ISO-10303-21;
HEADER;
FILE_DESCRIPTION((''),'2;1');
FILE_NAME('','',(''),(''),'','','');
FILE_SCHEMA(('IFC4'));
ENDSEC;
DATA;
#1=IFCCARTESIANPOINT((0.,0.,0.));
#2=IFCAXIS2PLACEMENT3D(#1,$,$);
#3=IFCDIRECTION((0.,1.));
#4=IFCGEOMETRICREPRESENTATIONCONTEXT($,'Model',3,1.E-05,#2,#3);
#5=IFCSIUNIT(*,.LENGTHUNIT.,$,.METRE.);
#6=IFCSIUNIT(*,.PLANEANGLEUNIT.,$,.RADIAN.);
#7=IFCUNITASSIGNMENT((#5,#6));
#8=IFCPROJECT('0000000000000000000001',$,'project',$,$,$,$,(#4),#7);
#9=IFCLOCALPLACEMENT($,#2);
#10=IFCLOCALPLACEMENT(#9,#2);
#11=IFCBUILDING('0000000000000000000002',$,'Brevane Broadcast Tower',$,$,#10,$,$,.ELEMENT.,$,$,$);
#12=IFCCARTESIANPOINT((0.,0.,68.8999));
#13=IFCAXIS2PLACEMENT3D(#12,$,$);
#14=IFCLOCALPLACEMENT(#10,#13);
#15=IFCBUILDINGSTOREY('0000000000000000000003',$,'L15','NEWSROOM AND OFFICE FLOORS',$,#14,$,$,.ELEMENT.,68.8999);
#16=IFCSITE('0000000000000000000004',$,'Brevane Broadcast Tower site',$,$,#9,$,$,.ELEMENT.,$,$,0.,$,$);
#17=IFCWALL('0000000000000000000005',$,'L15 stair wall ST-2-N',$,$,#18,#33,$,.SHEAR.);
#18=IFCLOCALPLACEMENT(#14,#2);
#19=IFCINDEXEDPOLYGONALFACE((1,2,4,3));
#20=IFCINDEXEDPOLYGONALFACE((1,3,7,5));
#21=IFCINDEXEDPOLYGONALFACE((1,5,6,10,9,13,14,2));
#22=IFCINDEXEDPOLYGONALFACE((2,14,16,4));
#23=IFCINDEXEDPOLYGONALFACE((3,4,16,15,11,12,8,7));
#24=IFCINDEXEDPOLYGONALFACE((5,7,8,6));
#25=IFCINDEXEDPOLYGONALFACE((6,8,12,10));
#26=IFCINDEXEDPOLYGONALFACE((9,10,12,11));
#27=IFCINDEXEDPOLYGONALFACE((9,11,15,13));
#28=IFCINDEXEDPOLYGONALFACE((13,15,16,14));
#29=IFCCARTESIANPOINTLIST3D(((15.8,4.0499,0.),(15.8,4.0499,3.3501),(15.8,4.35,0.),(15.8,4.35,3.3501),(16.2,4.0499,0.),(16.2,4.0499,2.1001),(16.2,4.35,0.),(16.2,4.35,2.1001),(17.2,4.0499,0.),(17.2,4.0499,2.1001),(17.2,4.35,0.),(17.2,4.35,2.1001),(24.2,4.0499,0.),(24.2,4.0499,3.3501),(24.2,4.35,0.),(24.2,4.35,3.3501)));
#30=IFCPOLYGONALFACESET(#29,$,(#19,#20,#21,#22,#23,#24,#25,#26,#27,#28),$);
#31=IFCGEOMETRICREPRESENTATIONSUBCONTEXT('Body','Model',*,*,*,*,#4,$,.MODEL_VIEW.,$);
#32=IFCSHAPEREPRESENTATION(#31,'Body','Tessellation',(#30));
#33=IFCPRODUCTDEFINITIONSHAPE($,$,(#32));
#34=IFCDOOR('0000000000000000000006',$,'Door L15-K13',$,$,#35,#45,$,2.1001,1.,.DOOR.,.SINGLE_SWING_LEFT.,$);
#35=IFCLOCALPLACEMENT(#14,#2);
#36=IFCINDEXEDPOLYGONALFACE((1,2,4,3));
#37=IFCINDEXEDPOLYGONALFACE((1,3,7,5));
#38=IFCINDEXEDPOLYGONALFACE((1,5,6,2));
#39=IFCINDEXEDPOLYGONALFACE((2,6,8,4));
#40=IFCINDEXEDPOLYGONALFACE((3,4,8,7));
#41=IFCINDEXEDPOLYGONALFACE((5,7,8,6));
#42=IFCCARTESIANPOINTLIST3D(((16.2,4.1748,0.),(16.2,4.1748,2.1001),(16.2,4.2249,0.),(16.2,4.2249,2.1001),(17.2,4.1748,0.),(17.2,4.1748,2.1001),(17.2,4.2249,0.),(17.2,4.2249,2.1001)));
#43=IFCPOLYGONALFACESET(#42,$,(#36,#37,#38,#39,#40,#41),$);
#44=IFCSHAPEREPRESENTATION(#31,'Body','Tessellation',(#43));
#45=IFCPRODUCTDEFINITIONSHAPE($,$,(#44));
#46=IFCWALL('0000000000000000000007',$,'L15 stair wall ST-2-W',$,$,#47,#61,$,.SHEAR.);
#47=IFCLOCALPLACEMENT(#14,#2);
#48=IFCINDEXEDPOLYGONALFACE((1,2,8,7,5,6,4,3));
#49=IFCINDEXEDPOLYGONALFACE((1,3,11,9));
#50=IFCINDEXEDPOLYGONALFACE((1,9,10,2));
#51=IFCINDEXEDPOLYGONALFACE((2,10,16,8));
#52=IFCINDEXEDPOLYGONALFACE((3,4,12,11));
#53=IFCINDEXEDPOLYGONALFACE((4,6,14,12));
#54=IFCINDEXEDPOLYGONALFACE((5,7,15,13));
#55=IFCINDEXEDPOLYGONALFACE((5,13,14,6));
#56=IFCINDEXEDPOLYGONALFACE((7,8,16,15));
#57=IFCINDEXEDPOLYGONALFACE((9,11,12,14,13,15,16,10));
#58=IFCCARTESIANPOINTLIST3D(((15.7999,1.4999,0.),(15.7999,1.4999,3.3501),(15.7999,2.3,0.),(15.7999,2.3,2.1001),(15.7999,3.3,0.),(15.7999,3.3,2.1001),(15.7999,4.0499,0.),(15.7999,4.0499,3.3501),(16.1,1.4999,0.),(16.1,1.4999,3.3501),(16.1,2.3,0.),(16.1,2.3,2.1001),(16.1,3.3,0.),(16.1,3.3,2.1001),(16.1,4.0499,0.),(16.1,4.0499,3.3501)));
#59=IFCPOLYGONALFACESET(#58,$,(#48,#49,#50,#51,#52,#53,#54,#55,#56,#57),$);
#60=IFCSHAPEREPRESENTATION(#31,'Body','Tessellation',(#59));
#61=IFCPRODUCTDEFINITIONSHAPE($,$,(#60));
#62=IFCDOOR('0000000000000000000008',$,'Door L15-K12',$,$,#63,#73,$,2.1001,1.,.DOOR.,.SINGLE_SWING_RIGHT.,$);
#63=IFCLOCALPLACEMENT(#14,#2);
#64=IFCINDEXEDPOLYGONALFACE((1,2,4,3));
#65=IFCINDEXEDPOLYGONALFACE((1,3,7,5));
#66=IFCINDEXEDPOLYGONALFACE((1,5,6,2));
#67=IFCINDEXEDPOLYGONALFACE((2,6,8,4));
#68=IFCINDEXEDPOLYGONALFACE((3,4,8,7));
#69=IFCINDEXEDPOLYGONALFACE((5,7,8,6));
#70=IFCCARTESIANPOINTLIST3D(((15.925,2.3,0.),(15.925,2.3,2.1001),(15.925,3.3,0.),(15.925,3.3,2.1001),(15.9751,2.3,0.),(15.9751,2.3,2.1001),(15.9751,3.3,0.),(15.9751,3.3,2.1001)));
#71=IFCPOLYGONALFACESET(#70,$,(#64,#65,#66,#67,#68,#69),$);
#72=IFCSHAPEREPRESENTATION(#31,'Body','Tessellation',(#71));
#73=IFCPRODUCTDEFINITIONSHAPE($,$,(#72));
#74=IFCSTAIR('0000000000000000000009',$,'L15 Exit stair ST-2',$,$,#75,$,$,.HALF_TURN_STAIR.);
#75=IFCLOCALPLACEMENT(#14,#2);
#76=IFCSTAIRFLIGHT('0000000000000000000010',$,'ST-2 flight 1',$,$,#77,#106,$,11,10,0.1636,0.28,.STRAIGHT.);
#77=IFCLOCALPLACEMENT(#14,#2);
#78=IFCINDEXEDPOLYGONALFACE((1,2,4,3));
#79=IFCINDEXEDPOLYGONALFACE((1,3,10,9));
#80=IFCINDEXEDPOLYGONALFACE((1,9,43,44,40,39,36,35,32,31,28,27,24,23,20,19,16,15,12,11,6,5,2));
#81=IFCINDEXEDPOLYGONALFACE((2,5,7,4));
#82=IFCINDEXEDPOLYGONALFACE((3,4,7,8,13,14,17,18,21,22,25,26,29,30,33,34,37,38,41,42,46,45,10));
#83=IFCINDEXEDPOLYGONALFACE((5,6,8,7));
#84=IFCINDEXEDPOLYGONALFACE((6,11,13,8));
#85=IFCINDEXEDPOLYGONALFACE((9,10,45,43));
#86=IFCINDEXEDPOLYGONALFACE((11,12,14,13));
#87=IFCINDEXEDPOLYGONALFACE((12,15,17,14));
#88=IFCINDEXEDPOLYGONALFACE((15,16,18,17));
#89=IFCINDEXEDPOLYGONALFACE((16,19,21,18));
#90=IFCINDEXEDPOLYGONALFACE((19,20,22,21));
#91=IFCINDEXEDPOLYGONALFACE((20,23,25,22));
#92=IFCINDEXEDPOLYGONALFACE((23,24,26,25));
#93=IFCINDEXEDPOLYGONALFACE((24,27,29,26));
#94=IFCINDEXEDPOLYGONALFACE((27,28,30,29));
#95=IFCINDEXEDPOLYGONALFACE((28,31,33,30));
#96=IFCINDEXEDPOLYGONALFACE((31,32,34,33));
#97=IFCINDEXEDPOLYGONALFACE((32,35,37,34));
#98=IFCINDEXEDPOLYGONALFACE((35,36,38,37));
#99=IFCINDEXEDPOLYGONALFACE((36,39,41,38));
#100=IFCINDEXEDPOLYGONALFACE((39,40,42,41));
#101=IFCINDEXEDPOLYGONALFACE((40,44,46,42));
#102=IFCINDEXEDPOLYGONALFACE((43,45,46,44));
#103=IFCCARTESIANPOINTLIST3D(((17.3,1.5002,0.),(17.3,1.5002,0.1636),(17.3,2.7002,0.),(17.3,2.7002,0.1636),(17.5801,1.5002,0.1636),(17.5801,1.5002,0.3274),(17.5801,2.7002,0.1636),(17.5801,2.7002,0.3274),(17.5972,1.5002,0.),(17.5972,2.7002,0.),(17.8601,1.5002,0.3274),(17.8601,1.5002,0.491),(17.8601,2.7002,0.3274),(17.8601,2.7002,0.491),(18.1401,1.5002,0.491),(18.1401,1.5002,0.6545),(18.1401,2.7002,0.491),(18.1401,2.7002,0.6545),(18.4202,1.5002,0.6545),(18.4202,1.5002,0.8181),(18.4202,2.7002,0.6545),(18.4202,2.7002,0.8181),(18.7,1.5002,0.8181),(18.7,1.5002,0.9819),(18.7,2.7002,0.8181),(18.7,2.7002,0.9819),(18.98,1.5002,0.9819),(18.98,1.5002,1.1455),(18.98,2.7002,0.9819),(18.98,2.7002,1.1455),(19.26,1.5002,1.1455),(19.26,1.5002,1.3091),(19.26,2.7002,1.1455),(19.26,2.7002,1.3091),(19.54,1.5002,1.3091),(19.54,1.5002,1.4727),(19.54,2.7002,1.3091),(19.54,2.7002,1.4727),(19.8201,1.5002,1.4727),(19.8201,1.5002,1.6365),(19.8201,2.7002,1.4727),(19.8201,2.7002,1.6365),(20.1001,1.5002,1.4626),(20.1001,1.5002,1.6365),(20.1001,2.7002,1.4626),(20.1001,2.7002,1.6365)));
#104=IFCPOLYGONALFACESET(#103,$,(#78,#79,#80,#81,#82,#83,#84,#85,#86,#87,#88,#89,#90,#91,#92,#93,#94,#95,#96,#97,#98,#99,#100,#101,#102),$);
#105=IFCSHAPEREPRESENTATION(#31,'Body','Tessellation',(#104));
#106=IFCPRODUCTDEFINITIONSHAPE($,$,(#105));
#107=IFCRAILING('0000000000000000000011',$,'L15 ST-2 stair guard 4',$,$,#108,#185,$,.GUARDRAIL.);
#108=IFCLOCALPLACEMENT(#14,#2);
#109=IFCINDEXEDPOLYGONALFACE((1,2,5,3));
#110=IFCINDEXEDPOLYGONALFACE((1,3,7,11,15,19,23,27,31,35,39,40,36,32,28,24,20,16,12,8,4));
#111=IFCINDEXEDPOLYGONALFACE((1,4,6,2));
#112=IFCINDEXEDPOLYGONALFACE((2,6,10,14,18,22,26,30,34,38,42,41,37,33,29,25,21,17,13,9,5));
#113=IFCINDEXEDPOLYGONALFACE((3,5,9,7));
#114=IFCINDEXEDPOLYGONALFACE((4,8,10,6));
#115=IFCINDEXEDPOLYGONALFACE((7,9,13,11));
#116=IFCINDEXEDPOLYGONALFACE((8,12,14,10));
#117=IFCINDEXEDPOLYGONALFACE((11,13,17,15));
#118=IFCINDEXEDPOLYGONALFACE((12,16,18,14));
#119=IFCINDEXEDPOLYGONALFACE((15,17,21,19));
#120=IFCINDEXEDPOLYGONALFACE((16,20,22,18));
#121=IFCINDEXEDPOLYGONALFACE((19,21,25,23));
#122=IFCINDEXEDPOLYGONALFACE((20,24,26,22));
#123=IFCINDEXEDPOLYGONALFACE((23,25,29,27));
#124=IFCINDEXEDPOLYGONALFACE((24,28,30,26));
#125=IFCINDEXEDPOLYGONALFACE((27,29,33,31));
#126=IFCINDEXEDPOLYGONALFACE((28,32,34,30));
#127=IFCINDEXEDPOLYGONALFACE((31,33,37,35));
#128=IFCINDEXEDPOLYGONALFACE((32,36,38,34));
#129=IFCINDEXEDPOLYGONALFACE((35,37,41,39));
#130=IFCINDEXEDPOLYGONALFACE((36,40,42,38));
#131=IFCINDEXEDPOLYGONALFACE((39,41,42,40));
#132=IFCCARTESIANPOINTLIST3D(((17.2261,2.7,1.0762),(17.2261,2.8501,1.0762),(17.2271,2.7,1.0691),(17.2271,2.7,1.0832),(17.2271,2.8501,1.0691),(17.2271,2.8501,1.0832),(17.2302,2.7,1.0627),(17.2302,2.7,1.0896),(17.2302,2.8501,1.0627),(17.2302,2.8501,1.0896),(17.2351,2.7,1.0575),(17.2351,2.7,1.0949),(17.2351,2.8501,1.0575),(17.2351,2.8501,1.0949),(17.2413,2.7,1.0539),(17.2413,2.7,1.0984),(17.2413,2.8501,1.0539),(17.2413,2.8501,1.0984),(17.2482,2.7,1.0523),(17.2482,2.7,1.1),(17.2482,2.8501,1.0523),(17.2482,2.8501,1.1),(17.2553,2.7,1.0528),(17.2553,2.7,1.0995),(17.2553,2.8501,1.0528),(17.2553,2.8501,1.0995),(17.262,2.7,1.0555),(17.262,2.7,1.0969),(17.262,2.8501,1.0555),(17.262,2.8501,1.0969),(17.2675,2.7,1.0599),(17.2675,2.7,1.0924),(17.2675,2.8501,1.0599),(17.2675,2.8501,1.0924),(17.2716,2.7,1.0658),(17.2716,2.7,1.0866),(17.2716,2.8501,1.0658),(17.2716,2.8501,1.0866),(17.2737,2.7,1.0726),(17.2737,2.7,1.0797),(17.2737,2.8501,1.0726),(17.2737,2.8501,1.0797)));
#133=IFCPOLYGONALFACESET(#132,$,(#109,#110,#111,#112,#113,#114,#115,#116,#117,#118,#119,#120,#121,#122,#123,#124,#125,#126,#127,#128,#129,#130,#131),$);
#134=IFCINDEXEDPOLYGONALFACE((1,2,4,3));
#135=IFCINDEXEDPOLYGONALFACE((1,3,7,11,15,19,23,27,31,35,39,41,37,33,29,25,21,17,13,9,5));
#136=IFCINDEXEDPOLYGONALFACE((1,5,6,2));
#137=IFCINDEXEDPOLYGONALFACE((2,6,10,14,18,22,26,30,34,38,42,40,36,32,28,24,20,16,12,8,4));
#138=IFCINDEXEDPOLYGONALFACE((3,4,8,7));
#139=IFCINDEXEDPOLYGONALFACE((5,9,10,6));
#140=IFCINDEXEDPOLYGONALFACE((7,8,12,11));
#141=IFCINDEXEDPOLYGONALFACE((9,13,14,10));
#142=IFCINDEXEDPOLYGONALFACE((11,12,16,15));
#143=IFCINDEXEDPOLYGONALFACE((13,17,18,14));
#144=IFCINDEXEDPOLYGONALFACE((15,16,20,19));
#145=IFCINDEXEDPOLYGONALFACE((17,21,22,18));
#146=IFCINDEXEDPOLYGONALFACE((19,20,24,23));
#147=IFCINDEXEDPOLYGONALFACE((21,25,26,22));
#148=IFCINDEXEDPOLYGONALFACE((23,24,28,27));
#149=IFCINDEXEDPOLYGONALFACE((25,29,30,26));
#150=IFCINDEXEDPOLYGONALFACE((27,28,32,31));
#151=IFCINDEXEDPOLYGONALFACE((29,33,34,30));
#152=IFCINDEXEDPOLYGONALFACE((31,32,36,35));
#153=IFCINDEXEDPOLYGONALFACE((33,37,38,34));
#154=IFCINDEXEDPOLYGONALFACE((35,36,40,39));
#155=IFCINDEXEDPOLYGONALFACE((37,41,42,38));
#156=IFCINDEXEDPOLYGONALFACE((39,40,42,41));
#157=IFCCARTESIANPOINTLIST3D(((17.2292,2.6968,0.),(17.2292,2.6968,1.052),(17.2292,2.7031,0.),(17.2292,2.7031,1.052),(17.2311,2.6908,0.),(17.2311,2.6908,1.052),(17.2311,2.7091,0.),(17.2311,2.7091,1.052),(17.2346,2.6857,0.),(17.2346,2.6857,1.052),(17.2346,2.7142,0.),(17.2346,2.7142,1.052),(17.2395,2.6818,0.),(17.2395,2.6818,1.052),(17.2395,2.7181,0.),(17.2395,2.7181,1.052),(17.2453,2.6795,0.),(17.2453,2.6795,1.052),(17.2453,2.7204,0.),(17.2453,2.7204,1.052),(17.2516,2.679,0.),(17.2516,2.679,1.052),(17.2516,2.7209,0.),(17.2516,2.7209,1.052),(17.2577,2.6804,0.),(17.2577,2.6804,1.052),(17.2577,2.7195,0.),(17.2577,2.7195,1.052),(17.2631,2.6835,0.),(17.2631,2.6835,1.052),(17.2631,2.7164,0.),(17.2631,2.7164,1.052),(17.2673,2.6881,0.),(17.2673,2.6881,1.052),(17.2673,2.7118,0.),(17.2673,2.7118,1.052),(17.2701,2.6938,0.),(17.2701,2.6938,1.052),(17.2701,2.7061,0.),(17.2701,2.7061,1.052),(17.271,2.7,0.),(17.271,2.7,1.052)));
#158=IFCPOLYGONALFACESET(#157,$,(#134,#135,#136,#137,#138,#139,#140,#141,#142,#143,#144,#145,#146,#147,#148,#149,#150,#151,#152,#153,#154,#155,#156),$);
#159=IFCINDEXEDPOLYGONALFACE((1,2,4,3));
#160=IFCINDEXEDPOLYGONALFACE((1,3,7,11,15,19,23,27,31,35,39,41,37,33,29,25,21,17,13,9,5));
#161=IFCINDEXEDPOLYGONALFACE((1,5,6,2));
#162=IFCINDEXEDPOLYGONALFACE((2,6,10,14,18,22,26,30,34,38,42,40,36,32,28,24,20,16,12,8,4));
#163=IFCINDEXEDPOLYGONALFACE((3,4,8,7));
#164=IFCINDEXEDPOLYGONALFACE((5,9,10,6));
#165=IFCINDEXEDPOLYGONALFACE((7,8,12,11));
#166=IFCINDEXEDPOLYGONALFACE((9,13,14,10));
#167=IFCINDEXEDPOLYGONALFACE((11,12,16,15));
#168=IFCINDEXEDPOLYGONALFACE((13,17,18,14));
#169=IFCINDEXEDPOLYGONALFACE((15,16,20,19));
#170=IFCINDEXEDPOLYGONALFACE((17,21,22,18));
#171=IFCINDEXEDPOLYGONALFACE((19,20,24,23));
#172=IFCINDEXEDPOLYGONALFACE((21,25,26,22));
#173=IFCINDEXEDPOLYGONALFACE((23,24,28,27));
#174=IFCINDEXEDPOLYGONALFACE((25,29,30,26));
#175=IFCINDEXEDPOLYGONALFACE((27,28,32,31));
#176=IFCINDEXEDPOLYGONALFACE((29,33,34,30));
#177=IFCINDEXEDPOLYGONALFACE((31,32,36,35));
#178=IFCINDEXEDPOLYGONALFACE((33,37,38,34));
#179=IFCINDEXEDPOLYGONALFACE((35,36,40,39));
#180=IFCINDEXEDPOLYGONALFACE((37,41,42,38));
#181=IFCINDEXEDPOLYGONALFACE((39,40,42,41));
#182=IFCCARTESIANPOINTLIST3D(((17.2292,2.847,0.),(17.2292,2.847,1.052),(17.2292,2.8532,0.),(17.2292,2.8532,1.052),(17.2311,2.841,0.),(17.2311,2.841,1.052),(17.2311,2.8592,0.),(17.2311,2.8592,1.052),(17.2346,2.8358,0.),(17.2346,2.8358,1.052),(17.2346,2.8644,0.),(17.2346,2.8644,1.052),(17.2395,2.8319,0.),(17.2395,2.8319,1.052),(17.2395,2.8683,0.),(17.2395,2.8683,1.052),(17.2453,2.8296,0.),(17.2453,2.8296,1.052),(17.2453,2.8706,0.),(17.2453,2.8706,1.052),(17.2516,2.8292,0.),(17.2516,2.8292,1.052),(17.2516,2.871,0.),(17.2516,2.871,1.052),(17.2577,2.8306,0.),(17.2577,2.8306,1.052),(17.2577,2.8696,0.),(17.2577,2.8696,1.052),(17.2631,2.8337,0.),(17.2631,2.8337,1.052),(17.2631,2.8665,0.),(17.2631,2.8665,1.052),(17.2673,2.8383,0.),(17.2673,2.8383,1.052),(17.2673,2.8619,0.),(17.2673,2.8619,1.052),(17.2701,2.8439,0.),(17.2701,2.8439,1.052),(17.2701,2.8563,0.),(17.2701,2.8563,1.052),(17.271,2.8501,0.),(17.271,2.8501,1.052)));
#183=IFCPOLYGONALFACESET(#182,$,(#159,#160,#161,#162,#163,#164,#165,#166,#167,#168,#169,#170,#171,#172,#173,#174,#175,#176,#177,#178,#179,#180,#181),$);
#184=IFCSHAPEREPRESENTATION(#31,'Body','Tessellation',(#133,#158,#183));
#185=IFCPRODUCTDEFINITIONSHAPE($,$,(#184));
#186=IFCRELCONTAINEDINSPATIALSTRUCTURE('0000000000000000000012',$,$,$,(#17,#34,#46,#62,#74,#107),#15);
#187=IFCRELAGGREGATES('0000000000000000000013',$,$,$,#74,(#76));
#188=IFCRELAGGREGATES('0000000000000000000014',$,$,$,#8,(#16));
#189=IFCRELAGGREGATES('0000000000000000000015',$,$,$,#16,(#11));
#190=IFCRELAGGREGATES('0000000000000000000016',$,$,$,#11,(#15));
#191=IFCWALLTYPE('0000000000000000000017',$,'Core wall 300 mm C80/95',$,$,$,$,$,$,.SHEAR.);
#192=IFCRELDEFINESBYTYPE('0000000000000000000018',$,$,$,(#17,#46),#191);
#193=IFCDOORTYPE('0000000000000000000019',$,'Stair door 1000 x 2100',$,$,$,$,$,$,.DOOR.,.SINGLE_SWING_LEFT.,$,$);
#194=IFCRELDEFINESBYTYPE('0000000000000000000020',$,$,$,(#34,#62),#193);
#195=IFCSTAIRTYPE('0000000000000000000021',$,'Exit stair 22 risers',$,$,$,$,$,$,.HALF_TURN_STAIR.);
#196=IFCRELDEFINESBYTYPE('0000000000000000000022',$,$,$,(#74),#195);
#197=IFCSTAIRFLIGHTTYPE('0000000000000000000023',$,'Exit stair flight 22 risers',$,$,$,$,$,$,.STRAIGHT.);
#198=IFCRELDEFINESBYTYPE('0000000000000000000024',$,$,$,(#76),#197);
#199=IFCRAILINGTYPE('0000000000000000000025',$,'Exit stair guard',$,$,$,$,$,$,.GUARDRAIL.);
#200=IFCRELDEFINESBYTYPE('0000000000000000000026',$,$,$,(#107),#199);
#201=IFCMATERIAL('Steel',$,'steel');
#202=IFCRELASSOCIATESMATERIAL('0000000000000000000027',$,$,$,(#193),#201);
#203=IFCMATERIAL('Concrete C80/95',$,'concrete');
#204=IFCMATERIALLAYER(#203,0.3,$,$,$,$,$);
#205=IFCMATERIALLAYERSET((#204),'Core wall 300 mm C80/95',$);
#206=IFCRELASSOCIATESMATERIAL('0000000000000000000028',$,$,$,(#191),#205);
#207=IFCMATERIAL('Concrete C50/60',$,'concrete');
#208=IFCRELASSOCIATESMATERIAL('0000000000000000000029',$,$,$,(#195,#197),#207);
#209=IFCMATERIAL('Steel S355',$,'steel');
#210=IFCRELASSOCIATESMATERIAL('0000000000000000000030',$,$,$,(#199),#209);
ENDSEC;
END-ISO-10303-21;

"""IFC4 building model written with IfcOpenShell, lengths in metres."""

from ifc_helpers import new_model, si_unit, direction, frame, frame_2d, origin, origin_2d, place, context, subcontext, project, spatial, polyline, rectangle, circle, outline, extrude, material, layer, layer_set, type_object, element, fill, aggregate, save


model = new_model("IFC4")

# Units and contexts
model_context = context("Model", 3, precision=1e-05, world=origin(), true_north=direction((0.0, 1.0)))
body_context = subcontext(model_context, "Body", "Model", "MODEL_VIEW")
ifc_project = project(units=[si_unit("LENGTHUNIT", "METRE"), si_unit("PLANEANGLEUNIT", "RADIAN")], contexts=[model_context])

# Site, building, storey
site_placement = place(None, origin())
site = spatial("IfcSite", under=ifc_project, at=site_placement, Name="Brevane Broadcast Tower site", CompositionType="ELEMENT", RefElevation=0.0)
building_placement = place(site_placement, origin())
building = spatial("IfcBuilding", under=site, at=building_placement, Name="Brevane Broadcast Tower", CompositionType="ELEMENT")
storey_placement = place(building_placement, frame((0.0, 0.0, 68.8999)))
storey = spatial("IfcBuildingStorey", under=building, at=storey_placement, Name="L15", Description="NEWSROOM AND OFFICE FLOORS", CompositionType="ELEMENT", Elevation=68.8999)

# Shared definitions
ifc_material_1 = material(Name="Steel", Category="steel")
door_type_1 = type_object("IfcDoorType", Name="Stair door 1000 x 2100", OperationType="SINGLE_SWING_LEFT", PredefinedType="DOOR", material=ifc_material_1)

# Shared definitions
ifc_material_2 = material(Name="Concrete C80/95", Category="concrete")
ifc_layer_1 = layer(ifc_material_2, 0.3)
ifc_layer_set_1 = layer_set([ifc_layer_1], Name="Core wall 300 mm C80/95")
wall_type_1 = type_object("IfcWallType", Name="Core wall 300 mm C80/95", PredefinedType="SHEAR", material=ifc_layer_set_1)

# Walls, openings, doors
wall_1_placement = place(storey_placement, frame((15.8, 4.2, 0.0), z_axis=(0.0, 0.0, 1.0), x_axis=(1.0, 0.0, 0.0)))
wall_1 = element("IfcWall", 1, at=wall_1_placement, inside=storey, type_object=wall_type_1, Name="L15 stair wall ST-2-N", PredefinedType="SHEAR", context=body_context, shape_type="SweptSolid", body=[
    extrude(rectangle(XDim=8.3999, YDim=0.3, at=frame_2d((4.2, 0.0))), origin(), (0.0, 0.0, 1.0), 3.3501),
])
opening_1_placement = place(wall_1_placement, frame((0.3999, 0.0, 0.0)))
opening_1 = element("IfcOpeningElement", 2, at=opening_1_placement, cuts=wall_1, PredefinedType="OPENING", context=body_context, shape_type="SweptSolid", body=[
    extrude(rectangle(XDim=1.0, YDim=2.1001, at=frame_2d((0.5, 1.05))), frame((0.0, 0.1599, 0.0), z_axis=(0.0, -1.0, 0.0), x_axis=(1.0, 0.0, 0.0)), (0.0, 0.0, 1.0), 0.3201),
])
door_1_placement = place(opening_1_placement, origin())
door_1 = element("IfcDoor", 3, at=door_1_placement, inside=storey, type_object=door_type_1, Name="Door L15-K13", OperationType="SINGLE_SWING_LEFT", OverallHeight=2.1001, OverallWidth=1.0, PredefinedType="DOOR", context=body_context, shape_type="SweptSolid", body=[
    extrude(rectangle(XDim=1.0, YDim=2.1001, at=frame_2d((0.5, 1.05))), frame((0.0, 0.0249, 0.0), z_axis=(0.0, -1.0, 0.0), x_axis=(1.0, 0.0, 0.0)), (0.0, 0.0, 1.0), 0.05),
])
fill(opening_1, door_1)
wall_2_placement = place(storey_placement, frame((15.95, 1.5, 0.0), z_axis=(0.0, 0.0, 1.0), x_axis=(0.0, 1.0, 0.0)))
wall_2 = element("IfcWall", 4, at=wall_2_placement, inside=storey, type_object=wall_type_1, Name="L15 stair wall ST-2-W", PredefinedType="SHEAR", context=body_context, shape_type="SweptSolid", body=[
    extrude(rectangle(XDim=2.55, YDim=0.3, at=frame_2d((1.2749, 0.0))), origin(), (0.0, 0.0, 1.0), 3.3501),
])
opening_2_placement = place(wall_2_placement, frame((0.8, 0.0, 0.0)))
opening_2 = element("IfcOpeningElement", 5, at=opening_2_placement, cuts=wall_2, PredefinedType="OPENING", context=body_context, shape_type="SweptSolid", body=[
    extrude(rectangle(XDim=1.0, YDim=2.1001, at=frame_2d((0.5, 1.05))), frame((0.0, 0.1599, 0.0), z_axis=(0.0, -1.0, 0.0), x_axis=(1.0, 0.0, 0.0)), (0.0, 0.0, 1.0), 0.3201),
])
door_2_placement = place(opening_2_placement, origin())
door_2 = element("IfcDoor", 6, at=door_2_placement, inside=storey, type_object=door_type_1, Name="Door L15-K12", OperationType="SINGLE_SWING_RIGHT", OverallHeight=2.1001, OverallWidth=1.0, PredefinedType="DOOR", context=body_context, shape_type="SweptSolid", body=[
    extrude(rectangle(XDim=1.0, YDim=2.1001, at=frame_2d((0.5, 1.05))), frame((0.0, 0.0249, 0.0), z_axis=(0.0, -1.0, 0.0), x_axis=(1.0, 0.0, 0.0)), (0.0, 0.0, 1.0), 0.05),
])
fill(opening_2, door_2)

# Stair, stair flight
ifc_material_3 = material(Name="Concrete C50/60", Category="concrete")
stair_type = type_object("IfcStairType", Name="Exit stair 22 risers", PredefinedType="HALF_TURN_STAIR", material=ifc_material_3)
stair_placement = place(storey_placement, origin())
stair = element("IfcStair", 7, at=stair_placement, inside=storey, type_object=stair_type, Name="L15 Exit stair ST-2", PredefinedType="HALF_TURN_STAIR")
stair_flight_type = type_object("IfcStairFlightType", Name="Exit stair flight 22 risers", PredefinedType="STRAIGHT", material=ifc_material_3)
stair_flight_placement = place(storey_placement, frame((17.3, 2.1001, 0.0), z_axis=(0.0, 0.0, 1.0), x_axis=(1.0, 0.0, 0.0)))
stair_flight = element("IfcStairFlight", 8, at=stair_flight_placement, type_object=stair_flight_type, Name="ST-2 flight 1", NumberOfRisers=11, NumberOfTreads=10, PredefinedType="STRAIGHT", RiserHeight=0.1636, TreadLength=0.28, context=body_context, shape_type="SweptSolid", body=[
    extrude(outline(polyline([(0.0, 0.0), (0.0, 0.1636), (0.28, 0.1636), (0.28, 0.3274), (0.5601, 0.3274), (0.5601, 0.491), (0.8401, 0.491), (0.8401, 0.6545), (1.1201, 0.6545), (1.1201, 0.8181), (1.3999, 0.8181), (1.3999, 0.9819), (1.6799, 0.9819), (1.6799, 1.1455), (1.96, 1.1455), (1.96, 1.3091), (2.24, 1.3091), (2.24, 1.4727), (2.52, 1.4727), (2.52, 1.6365), (2.8, 1.6365), (2.8, 1.8), (2.8, 1.4626), (0.2971, 0.0), (0.0, 0.0)])), frame((0.0, 0.6001, 0.0), z_axis=(0.0, -1.0, 0.0), x_axis=(1.0, 0.0, 0.0)), (0.0, 0.0, 1.0), 1.2),
])
aggregate(stair, [stair_flight])

# Railing
ifc_material_4 = material(Name="Steel S355", Category="steel")
railing_type = type_object("IfcRailingType", Name="Exit stair guard", PredefinedType="GUARDRAIL", material=ifc_material_4)
railing_placement = place(storey_placement, frame((17.25, 2.7, 0.0)))
element("IfcRailing", 9, at=railing_placement, inside=storey, type_object=railing_type, Name="L15 ST-2 stair guard 4", PredefinedType="GUARDRAIL", context=body_context, shape_type="SweptSolid", body=[
    extrude(circle(Radius=0.0239, at=origin_2d()), frame((0.0, 0.0, 1.0762), z_axis=(0.0, 1.0, 0.0), x_axis=(-1.0, 0.0, 0.0)), (0.0, 0.0, 1.0), 0.1501),
    extrude(circle(Radius=0.021, at=origin_2d()), origin(), (0.0, 0.0, 1.0), 1.052),
    extrude(circle(Radius=0.021, at=origin_2d()), frame((0.0, 0.1501, 0.0)), (0.0, 0.0, 1.0), 1.052),
])

save(model, "model.ifc")
